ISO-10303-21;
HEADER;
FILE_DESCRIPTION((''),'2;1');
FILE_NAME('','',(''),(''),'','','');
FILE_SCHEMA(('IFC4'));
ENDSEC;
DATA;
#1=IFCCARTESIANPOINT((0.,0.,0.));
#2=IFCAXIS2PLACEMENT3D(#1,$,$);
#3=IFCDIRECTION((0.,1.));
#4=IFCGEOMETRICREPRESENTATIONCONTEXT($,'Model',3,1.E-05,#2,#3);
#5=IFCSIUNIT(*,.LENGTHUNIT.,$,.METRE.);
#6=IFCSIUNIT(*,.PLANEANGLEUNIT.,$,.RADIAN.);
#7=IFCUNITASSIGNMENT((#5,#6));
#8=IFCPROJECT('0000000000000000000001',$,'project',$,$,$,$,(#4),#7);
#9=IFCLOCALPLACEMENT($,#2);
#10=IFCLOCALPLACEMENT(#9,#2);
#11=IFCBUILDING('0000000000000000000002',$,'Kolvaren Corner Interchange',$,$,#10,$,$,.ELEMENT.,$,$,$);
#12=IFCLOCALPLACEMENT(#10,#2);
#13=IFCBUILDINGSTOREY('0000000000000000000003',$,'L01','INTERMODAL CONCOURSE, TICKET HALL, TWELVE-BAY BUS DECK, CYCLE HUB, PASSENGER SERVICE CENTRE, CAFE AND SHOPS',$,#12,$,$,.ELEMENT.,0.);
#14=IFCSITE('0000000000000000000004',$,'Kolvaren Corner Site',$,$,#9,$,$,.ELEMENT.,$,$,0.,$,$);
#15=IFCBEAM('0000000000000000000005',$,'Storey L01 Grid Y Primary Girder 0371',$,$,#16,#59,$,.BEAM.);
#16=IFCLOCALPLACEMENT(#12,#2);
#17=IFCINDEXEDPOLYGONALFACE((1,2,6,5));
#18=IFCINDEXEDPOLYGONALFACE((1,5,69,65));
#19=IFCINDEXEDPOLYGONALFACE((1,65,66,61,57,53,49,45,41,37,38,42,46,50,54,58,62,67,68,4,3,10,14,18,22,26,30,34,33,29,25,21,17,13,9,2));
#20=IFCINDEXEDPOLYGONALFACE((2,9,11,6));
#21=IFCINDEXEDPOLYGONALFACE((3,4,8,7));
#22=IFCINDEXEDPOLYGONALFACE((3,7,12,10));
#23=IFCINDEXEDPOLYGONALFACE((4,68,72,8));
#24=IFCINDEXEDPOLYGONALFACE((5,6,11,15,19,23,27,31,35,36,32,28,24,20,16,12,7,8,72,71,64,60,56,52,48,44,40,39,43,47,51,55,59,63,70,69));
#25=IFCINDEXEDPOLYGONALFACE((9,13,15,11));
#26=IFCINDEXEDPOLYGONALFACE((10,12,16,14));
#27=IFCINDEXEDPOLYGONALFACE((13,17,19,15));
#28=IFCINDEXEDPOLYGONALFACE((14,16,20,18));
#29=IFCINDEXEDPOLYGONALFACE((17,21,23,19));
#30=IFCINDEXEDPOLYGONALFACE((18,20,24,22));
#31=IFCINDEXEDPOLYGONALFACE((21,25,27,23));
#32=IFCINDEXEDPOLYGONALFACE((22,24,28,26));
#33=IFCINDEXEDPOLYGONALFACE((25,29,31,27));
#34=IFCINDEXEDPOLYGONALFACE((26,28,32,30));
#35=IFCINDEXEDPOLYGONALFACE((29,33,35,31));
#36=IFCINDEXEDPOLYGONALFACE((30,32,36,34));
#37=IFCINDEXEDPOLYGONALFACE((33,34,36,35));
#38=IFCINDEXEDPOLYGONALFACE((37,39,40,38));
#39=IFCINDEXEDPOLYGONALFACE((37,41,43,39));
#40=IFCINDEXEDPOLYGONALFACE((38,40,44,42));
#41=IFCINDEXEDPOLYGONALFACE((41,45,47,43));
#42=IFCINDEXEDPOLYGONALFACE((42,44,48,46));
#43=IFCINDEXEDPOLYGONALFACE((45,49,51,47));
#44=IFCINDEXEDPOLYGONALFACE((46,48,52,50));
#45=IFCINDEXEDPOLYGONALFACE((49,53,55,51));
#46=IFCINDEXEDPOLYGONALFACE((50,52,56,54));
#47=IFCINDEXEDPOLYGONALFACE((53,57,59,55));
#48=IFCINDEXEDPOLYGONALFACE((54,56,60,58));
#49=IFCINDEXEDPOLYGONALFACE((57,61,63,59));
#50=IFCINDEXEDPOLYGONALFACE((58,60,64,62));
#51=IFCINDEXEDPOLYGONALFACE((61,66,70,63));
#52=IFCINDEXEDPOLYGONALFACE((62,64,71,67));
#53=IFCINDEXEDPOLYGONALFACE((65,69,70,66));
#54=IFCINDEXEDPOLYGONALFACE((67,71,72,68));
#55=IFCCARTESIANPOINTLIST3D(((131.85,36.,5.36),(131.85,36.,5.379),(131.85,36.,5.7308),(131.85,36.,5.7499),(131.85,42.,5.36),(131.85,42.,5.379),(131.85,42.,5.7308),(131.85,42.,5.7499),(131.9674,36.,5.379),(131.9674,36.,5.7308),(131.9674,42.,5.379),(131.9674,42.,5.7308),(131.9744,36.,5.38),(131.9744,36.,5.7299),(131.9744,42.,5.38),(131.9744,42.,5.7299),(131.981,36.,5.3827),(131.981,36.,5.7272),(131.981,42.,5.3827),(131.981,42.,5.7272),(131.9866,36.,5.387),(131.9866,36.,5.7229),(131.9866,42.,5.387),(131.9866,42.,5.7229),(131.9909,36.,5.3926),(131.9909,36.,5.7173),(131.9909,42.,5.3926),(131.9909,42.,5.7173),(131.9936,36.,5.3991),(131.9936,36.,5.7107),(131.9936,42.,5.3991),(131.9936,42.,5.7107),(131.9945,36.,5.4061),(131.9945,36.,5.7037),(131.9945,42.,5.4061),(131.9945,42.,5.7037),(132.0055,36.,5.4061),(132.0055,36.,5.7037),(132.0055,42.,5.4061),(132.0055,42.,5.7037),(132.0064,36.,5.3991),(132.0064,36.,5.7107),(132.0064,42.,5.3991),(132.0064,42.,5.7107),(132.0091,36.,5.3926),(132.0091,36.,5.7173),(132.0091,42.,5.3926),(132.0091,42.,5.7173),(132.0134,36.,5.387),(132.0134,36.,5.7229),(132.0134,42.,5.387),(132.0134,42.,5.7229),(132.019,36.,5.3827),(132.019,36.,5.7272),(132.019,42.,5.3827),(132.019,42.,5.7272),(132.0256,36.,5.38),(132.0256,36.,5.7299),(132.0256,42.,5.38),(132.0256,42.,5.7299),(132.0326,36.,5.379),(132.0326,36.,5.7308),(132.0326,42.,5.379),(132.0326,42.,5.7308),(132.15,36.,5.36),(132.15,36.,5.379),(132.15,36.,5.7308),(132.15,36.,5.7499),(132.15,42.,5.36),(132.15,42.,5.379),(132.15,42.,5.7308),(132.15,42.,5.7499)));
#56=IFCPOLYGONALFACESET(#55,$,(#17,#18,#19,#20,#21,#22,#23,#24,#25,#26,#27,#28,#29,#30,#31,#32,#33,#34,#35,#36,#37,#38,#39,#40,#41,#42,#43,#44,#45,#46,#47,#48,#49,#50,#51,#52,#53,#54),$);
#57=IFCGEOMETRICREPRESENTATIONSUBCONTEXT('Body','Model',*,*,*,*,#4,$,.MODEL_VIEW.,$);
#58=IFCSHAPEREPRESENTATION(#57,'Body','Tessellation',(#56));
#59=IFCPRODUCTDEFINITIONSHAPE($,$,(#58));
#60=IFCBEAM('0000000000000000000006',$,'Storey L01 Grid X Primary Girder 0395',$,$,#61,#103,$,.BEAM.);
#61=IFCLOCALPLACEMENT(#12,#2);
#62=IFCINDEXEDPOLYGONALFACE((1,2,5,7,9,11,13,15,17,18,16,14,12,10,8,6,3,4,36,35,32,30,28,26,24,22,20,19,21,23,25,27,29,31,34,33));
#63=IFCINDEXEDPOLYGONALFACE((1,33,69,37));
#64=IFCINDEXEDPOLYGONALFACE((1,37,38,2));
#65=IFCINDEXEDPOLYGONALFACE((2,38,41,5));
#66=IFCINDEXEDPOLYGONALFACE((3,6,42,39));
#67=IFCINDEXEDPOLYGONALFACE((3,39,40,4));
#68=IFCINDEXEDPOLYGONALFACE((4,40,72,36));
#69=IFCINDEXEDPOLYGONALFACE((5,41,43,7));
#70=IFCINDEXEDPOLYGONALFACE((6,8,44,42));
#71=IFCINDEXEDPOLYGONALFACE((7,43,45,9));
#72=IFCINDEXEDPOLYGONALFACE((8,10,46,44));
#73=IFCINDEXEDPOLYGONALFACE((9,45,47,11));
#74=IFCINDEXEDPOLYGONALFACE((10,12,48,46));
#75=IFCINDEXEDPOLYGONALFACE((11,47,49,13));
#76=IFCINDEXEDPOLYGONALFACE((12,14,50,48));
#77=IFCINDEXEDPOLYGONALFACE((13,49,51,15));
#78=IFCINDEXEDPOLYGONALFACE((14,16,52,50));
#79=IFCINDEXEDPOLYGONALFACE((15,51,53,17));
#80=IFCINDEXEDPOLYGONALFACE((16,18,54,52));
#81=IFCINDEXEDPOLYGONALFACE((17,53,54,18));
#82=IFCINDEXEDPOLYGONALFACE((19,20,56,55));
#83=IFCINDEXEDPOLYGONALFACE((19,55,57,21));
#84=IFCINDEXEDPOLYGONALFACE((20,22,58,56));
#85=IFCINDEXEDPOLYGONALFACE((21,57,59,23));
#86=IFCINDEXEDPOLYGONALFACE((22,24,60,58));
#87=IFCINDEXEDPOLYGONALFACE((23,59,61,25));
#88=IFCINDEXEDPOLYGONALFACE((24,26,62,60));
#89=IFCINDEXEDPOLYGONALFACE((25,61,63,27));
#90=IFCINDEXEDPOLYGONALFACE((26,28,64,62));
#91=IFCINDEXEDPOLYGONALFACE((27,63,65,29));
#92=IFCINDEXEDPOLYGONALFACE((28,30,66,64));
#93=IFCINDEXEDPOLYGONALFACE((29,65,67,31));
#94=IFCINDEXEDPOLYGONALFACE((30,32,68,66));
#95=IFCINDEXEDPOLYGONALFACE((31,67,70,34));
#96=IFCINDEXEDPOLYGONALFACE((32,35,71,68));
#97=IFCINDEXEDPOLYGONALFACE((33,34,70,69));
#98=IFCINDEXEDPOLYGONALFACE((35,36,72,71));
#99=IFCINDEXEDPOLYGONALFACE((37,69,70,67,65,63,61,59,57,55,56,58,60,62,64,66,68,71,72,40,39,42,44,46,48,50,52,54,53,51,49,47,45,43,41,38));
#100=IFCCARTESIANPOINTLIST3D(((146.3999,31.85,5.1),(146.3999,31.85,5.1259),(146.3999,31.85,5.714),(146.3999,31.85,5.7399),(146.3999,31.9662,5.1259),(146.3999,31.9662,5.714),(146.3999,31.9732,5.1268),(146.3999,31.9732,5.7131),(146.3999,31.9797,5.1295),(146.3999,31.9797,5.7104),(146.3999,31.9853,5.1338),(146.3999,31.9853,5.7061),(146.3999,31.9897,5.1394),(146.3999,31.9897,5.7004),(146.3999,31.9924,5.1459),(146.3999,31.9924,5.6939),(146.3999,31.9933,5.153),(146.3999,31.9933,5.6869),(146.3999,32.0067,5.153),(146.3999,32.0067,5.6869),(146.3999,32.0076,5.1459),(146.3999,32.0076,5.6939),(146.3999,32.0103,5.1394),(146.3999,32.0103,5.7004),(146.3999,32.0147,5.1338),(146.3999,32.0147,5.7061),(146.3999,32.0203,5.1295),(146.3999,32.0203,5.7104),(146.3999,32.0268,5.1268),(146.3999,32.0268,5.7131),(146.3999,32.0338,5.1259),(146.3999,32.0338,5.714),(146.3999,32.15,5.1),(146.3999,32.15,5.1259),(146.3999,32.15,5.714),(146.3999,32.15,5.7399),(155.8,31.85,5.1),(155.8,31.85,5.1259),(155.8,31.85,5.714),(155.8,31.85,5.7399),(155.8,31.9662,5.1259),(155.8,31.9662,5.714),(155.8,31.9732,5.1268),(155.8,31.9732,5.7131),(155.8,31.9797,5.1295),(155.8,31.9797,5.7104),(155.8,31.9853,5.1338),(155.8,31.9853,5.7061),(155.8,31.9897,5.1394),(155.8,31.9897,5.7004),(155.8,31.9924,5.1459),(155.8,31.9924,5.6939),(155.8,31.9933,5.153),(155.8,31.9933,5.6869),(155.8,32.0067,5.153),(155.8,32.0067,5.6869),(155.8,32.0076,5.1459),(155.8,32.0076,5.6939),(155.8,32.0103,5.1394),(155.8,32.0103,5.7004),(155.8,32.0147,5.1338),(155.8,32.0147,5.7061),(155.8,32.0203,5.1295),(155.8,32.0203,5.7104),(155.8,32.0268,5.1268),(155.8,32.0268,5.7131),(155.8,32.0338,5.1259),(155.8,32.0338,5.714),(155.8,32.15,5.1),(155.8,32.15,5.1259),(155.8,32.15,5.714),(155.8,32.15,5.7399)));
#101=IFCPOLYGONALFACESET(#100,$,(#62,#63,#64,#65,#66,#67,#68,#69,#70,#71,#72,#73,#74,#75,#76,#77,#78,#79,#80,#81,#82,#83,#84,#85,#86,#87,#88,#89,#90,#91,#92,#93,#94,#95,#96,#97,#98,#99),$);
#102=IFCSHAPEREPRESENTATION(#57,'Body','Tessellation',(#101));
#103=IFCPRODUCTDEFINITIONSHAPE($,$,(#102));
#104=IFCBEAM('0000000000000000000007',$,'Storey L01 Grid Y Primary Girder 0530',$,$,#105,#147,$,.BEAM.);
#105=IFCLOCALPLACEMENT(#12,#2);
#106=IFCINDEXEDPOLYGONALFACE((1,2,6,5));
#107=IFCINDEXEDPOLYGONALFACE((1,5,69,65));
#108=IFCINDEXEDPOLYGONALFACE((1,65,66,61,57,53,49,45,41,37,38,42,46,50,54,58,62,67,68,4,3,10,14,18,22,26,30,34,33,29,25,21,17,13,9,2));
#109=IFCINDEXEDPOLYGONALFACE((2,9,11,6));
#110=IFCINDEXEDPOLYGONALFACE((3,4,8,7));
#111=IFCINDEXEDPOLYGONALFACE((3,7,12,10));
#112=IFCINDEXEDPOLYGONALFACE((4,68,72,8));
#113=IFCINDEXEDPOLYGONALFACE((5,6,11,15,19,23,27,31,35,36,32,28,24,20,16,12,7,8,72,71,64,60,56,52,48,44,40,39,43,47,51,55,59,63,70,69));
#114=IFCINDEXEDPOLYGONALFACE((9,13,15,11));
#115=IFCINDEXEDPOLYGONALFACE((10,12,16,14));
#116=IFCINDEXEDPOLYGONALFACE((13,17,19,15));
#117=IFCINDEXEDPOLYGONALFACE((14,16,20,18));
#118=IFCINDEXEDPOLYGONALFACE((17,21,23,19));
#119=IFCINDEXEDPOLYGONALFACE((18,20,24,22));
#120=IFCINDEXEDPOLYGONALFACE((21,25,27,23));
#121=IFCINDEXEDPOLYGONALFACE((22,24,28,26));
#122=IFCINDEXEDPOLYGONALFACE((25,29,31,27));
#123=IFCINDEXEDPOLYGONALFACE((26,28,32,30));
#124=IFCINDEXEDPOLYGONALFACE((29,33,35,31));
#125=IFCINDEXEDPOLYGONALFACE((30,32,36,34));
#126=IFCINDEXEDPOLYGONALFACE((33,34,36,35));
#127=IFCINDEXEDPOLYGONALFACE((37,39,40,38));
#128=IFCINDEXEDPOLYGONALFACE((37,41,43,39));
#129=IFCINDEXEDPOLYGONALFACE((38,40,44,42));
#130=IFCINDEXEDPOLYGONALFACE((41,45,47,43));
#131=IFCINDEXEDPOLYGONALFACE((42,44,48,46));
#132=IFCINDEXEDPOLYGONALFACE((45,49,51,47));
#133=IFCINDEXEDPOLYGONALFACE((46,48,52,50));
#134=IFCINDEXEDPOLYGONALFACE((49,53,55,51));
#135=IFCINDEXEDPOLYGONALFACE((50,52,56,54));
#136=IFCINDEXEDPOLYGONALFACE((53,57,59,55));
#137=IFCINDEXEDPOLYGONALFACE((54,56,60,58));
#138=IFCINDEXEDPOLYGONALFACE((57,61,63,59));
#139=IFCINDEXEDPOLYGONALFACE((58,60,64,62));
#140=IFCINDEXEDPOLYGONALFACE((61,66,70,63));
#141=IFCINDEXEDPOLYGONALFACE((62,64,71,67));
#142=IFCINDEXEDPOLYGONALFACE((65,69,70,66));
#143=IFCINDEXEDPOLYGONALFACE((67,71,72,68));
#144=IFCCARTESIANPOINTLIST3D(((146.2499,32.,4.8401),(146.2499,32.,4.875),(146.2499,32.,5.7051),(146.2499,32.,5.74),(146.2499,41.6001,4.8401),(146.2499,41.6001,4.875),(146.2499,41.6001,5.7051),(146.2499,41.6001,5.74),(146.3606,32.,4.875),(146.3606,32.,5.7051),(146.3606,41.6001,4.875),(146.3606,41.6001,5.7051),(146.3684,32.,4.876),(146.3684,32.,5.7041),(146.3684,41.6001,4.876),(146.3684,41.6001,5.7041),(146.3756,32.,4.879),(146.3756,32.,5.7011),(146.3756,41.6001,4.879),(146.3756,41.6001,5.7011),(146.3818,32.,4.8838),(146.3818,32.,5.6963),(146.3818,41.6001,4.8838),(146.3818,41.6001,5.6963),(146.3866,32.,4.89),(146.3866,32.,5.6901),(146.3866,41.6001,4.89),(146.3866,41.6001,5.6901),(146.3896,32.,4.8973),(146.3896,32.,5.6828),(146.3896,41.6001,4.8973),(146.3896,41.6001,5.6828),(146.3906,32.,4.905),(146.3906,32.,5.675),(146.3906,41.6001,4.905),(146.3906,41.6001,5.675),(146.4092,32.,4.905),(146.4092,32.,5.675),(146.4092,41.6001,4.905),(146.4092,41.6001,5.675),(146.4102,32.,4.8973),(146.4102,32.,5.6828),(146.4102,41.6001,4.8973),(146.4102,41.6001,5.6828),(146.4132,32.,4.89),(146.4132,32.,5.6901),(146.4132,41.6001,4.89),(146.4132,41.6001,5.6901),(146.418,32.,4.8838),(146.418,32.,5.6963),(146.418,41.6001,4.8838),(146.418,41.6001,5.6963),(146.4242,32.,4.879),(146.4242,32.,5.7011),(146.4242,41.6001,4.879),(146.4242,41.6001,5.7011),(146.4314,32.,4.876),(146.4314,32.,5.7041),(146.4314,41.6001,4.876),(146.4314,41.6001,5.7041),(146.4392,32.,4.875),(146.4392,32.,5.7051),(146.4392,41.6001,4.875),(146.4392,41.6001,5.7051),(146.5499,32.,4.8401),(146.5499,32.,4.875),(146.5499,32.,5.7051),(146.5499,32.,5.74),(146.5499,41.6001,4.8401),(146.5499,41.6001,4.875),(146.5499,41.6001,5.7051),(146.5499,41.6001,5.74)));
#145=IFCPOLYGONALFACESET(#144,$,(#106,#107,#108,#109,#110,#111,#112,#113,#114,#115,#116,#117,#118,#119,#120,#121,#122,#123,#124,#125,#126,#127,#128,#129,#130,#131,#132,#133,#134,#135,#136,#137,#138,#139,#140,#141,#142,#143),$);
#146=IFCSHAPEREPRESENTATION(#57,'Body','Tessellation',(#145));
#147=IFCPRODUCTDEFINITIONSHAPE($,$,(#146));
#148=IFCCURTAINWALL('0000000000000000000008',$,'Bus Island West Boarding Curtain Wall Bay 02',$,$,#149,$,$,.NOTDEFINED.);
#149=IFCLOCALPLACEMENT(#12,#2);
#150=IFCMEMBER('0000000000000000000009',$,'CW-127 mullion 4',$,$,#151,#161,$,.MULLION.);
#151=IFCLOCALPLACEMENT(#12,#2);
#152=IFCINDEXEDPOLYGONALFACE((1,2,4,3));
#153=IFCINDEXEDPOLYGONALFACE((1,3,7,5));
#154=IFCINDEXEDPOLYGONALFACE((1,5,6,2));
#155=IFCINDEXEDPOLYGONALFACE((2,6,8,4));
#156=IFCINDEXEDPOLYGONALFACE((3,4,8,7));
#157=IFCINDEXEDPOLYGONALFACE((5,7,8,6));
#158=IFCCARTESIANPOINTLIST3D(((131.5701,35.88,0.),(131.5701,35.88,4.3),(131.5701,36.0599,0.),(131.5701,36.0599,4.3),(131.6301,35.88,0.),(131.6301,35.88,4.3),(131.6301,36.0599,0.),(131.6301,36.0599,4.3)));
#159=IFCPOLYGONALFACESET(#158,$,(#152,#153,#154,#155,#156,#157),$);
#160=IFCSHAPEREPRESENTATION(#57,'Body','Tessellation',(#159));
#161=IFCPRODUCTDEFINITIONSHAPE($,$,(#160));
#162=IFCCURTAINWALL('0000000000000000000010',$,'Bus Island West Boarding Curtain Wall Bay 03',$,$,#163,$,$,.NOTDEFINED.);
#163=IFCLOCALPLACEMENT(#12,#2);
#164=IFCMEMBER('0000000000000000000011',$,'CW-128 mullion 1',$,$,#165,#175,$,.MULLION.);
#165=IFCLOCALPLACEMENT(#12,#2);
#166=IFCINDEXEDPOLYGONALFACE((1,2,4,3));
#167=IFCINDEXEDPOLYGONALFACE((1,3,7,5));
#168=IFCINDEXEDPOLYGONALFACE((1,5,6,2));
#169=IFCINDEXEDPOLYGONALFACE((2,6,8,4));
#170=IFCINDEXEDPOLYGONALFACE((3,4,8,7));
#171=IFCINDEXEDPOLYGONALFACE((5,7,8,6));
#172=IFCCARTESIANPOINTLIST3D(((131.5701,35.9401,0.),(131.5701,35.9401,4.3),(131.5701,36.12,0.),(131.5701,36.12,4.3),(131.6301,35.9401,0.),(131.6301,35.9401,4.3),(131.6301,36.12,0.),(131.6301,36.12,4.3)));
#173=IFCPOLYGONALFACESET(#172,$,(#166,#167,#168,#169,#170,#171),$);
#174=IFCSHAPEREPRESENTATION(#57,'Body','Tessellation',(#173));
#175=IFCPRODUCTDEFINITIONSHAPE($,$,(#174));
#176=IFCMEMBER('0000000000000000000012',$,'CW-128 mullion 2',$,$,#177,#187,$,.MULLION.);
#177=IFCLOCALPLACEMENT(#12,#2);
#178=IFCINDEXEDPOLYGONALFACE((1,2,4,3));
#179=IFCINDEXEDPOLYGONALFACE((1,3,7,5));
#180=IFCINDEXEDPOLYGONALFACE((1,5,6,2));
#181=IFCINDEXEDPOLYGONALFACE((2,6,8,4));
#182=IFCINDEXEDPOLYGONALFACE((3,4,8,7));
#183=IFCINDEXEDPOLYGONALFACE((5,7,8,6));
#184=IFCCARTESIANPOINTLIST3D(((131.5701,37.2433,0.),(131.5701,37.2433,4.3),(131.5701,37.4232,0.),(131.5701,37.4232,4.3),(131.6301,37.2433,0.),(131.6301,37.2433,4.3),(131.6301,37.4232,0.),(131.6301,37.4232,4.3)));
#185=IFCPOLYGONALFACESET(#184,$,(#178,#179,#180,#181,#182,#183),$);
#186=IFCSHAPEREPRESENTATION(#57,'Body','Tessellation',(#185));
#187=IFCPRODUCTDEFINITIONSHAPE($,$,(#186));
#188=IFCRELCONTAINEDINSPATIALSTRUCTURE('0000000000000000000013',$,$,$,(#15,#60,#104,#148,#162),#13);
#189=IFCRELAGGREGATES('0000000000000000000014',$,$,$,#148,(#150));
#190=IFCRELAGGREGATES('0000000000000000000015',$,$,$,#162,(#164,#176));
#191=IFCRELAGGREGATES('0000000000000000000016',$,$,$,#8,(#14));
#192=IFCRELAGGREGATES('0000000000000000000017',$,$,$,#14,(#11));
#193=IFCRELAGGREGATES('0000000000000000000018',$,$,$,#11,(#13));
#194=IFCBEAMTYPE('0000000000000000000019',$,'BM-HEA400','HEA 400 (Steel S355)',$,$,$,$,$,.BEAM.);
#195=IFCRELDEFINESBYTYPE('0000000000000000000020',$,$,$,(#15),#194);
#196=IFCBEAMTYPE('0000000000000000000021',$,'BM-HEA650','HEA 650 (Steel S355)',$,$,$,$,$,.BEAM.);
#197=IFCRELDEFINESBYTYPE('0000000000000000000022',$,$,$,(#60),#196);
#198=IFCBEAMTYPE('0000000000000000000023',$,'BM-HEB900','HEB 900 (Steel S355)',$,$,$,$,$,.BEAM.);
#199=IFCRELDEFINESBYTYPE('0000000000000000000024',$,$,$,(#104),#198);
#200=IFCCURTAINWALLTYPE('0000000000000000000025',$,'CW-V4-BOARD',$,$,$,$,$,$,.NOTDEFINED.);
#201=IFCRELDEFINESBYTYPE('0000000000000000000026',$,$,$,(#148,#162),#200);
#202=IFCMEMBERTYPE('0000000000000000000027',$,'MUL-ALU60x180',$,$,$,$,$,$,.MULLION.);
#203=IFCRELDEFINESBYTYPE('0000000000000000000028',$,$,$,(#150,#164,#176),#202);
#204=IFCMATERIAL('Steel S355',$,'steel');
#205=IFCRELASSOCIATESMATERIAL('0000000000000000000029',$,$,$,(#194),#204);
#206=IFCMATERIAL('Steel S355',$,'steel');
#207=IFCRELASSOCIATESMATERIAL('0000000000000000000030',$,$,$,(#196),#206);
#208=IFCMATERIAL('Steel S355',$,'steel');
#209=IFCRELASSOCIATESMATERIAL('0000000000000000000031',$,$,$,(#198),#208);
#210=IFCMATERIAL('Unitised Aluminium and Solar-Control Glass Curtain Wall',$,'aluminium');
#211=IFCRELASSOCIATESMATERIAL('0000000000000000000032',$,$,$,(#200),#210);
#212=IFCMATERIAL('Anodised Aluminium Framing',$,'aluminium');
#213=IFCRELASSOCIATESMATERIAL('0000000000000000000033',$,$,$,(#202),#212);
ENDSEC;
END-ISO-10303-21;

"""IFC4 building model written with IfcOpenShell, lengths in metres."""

from ifc_helpers import new_model, si_unit, direction, frame, origin, origin_2d, place, context, subcontext, project, spatial, rectangle, i_section, extrude, material, material_profile, profile_set, type_object, element, aggregate, save


model = new_model("IFC4")

# Units and contexts
model_context = context("Model", 3, precision=1e-05, world=origin(), true_north=direction((0.0, 1.0)))
body_context = subcontext(model_context, "Body", "Model", "MODEL_VIEW")
ifc_project = project(units=[si_unit("LENGTHUNIT", "METRE"), si_unit("PLANEANGLEUNIT", "RADIAN")], contexts=[model_context])

# Site, building, storey
site_placement = place(None, origin())
site = spatial("IfcSite", under=ifc_project, at=site_placement, Name="Kolvaren Corner Site", CompositionType="ELEMENT", RefElevation=0.0)
building_placement = place(site_placement, origin())
building = spatial("IfcBuilding", under=site, at=building_placement, Name="Kolvaren Corner Interchange", CompositionType="ELEMENT")
storey_placement = place(building_placement, origin())
storey = spatial("IfcBuildingStorey", under=building, at=storey_placement, Name="L01", Description="INTERMODAL CONCOURSE, TICKET HALL, TWELVE-BAY BUS DECK, CYCLE HUB, PASSENGER SERVICE CENTRE, CAFE AND SHOPS", CompositionType="ELEMENT", Elevation=0.0)

# Beams
ifc_material_1 = material(Name="Steel S355", Category="steel")
ifc_material_profile_1 = material_profile(ifc_material_1, i_section(OverallWidth=0.3, OverallDepth=0.3899, WebThickness=0.011, FlangeThickness=0.019, FilletRadius=0.0271, at=origin_2d()), Name="HEA 400")
ifc_profile_set_1 = profile_set([ifc_material_profile_1], Name="Steel S355")
beam_type_1 = type_object("IfcBeamType", Name="BM-HEA400", Description="HEA 400 (Steel S355)", PredefinedType="BEAM", material=ifc_profile_set_1)
beam_1_placement = place(storey_placement, frame((132.0, 36.0, 5.5549), z_axis=(0.0, 1.0, 0.0), x_axis=(-1.0, 0.0, 0.0)))
element("IfcBeam", 1, at=beam_1_placement, inside=storey, type_object=beam_type_1, Name="Storey L01 Grid Y Primary Girder 0371", PredefinedType="BEAM", context=body_context, shape_type="SweptSolid", body=[
    extrude(i_section(OverallWidth=0.3, OverallDepth=0.3899, WebThickness=0.011, FlangeThickness=0.019, FilletRadius=0.0271, at=origin_2d()), origin(), (0.0, 0.0, 1.0), 6.0),
])
ifc_material_2 = material(Name="Steel S355", Category="steel")
ifc_material_profile_2 = material_profile(ifc_material_2, i_section(OverallWidth=0.3, OverallDepth=0.6399, WebThickness=0.0134, FlangeThickness=0.0259, FilletRadius=0.0271, at=origin_2d()), Name="HEA 650")
ifc_profile_set_2 = profile_set([ifc_material_profile_2], Name="Steel S355")
beam_type_2 = type_object("IfcBeamType", Name="BM-HEA650", Description="HEA 650 (Steel S355)", PredefinedType="BEAM", material=ifc_profile_set_2)
beam_2_placement = place(storey_placement, frame((146.3999, 32.0, 5.4199), z_axis=(1.0, 0.0, 0.0), x_axis=(0.0, 1.0, 0.0)))
element("IfcBeam", 2, at=beam_2_placement, inside=storey, type_object=beam_type_2, Name="Storey L01 Grid X Primary Girder 0395", PredefinedType="BEAM", context=body_context, shape_type="SweptSolid", body=[
    extrude(i_section(OverallWidth=0.3, OverallDepth=0.6399, WebThickness=0.0134, FlangeThickness=0.0259, FilletRadius=0.0271, at=origin_2d()), origin(), (0.0, 0.0, 1.0), 9.4001),
])
ifc_material_3 = material(Name="Steel S355", Category="steel")
ifc_material_profile_3 = material_profile(ifc_material_3, i_section(OverallWidth=0.3, OverallDepth=0.8999, WebThickness=0.0186, FlangeThickness=0.0349, FilletRadius=0.03, at=origin_2d()), Name="HEB 900")
ifc_profile_set_3 = profile_set([ifc_material_profile_3], Name="Steel S355")
beam_type_3 = type_object("IfcBeamType", Name="BM-HEB900", Description="HEB 900 (Steel S355)", PredefinedType="BEAM", material=ifc_profile_set_3)
beam_3_placement = place(storey_placement, frame((146.3999, 32.0, 5.29), z_axis=(0.0, 1.0, 0.0), x_axis=(-1.0, 0.0, 0.0)))
element("IfcBeam", 3, at=beam_3_placement, inside=storey, type_object=beam_type_3, Name="Storey L01 Grid Y Primary Girder 0530", PredefinedType="BEAM", context=body_context, shape_type="SweptSolid", body=[
    extrude(i_section(OverallWidth=0.3, OverallDepth=0.8999, WebThickness=0.0186, FlangeThickness=0.0349, FilletRadius=0.03, at=origin_2d()), origin(), (0.0, 0.0, 1.0), 9.6001),
])

# Curtain wall, member
ifc_material_4 = material(Name="Unitised Aluminium and Solar-Control Glass Curtain Wall", Category="aluminium")
curtain_wall_type = type_object("IfcCurtainWallType", Name="CW-V4-BOARD", PredefinedType="NOTDEFINED", material=ifc_material_4)
curtain_wall_1_placement = place(storey_placement, origin())
curtain_wall_1 = element("IfcCurtainWall", 4, at=curtain_wall_1_placement, inside=storey, type_object=curtain_wall_type, Name="Bus Island West Boarding Curtain Wall Bay 02", PredefinedType="NOTDEFINED")
ifc_material_5 = material(Name="Anodised Aluminium Framing", Category="aluminium")
ifc_material_profile_4 = material_profile(ifc_material_5, rectangle(XDim=0.0601, YDim=0.1799, at=origin_2d()), Name="ALU 60x180")
ifc_profile_set_4 = profile_set([ifc_material_profile_4], Name="Anodised Aluminium Framing")
member_type_1 = type_object("IfcMemberType", Name="MUL-ALU60x180", PredefinedType="MULLION", material=ifc_profile_set_4)
member_1_placement = place(storey_placement, frame((131.6001, 35.97, 0.0), z_axis=(0.0, 0.0, 1.0), x_axis=(-1.0, 0.0, 0.0)))
member_1 = element("IfcMember", 5, at=member_1_placement, type_object=member_type_1, Name="CW-127 mullion 4", PredefinedType="MULLION", context=body_context, shape_type="SweptSolid", body=[
    extrude(rectangle(XDim=0.0601, YDim=0.1799, at=origin_2d()), origin(), (0.0, 0.0, 1.0), 4.3),
])

# Curtain wall, members
curtain_wall_2_placement = place(storey_placement, origin())
curtain_wall_2 = element("IfcCurtainWall", 6, at=curtain_wall_2_placement, inside=storey, type_object=curtain_wall_type, Name="Bus Island West Boarding Curtain Wall Bay 03", PredefinedType="NOTDEFINED")
member_2_placement = place(storey_placement, frame((131.6001, 36.03, 0.0), z_axis=(0.0, 0.0, 1.0), x_axis=(-1.0, 0.0, 0.0)))
member_2 = element("IfcMember", 7, at=member_2_placement, type_object=member_type_1, Name="CW-128 mullion 1", PredefinedType="MULLION", context=body_context, shape_type="SweptSolid", body=[
    extrude(rectangle(XDim=0.0601, YDim=0.1799, at=origin_2d()), origin(), (0.0, 0.0, 1.0), 4.3),
])
member_3_placement = place(storey_placement, frame((131.6001, 37.3333, 0.0), z_axis=(0.0, 0.0, 1.0), x_axis=(-1.0, 0.0, 0.0)))
member_3 = element("IfcMember", 8, at=member_3_placement, type_object=member_type_1, Name="CW-128 mullion 2", PredefinedType="MULLION", context=body_context, shape_type="SweptSolid", body=[
    extrude(rectangle(XDim=0.0601, YDim=0.1799, at=origin_2d()), origin(), (0.0, 0.0, 1.0), 4.3),
])

aggregate(curtain_wall_1, [member_1])
aggregate(curtain_wall_2, [member_2, member_3])

save(model, "model.ifc")
